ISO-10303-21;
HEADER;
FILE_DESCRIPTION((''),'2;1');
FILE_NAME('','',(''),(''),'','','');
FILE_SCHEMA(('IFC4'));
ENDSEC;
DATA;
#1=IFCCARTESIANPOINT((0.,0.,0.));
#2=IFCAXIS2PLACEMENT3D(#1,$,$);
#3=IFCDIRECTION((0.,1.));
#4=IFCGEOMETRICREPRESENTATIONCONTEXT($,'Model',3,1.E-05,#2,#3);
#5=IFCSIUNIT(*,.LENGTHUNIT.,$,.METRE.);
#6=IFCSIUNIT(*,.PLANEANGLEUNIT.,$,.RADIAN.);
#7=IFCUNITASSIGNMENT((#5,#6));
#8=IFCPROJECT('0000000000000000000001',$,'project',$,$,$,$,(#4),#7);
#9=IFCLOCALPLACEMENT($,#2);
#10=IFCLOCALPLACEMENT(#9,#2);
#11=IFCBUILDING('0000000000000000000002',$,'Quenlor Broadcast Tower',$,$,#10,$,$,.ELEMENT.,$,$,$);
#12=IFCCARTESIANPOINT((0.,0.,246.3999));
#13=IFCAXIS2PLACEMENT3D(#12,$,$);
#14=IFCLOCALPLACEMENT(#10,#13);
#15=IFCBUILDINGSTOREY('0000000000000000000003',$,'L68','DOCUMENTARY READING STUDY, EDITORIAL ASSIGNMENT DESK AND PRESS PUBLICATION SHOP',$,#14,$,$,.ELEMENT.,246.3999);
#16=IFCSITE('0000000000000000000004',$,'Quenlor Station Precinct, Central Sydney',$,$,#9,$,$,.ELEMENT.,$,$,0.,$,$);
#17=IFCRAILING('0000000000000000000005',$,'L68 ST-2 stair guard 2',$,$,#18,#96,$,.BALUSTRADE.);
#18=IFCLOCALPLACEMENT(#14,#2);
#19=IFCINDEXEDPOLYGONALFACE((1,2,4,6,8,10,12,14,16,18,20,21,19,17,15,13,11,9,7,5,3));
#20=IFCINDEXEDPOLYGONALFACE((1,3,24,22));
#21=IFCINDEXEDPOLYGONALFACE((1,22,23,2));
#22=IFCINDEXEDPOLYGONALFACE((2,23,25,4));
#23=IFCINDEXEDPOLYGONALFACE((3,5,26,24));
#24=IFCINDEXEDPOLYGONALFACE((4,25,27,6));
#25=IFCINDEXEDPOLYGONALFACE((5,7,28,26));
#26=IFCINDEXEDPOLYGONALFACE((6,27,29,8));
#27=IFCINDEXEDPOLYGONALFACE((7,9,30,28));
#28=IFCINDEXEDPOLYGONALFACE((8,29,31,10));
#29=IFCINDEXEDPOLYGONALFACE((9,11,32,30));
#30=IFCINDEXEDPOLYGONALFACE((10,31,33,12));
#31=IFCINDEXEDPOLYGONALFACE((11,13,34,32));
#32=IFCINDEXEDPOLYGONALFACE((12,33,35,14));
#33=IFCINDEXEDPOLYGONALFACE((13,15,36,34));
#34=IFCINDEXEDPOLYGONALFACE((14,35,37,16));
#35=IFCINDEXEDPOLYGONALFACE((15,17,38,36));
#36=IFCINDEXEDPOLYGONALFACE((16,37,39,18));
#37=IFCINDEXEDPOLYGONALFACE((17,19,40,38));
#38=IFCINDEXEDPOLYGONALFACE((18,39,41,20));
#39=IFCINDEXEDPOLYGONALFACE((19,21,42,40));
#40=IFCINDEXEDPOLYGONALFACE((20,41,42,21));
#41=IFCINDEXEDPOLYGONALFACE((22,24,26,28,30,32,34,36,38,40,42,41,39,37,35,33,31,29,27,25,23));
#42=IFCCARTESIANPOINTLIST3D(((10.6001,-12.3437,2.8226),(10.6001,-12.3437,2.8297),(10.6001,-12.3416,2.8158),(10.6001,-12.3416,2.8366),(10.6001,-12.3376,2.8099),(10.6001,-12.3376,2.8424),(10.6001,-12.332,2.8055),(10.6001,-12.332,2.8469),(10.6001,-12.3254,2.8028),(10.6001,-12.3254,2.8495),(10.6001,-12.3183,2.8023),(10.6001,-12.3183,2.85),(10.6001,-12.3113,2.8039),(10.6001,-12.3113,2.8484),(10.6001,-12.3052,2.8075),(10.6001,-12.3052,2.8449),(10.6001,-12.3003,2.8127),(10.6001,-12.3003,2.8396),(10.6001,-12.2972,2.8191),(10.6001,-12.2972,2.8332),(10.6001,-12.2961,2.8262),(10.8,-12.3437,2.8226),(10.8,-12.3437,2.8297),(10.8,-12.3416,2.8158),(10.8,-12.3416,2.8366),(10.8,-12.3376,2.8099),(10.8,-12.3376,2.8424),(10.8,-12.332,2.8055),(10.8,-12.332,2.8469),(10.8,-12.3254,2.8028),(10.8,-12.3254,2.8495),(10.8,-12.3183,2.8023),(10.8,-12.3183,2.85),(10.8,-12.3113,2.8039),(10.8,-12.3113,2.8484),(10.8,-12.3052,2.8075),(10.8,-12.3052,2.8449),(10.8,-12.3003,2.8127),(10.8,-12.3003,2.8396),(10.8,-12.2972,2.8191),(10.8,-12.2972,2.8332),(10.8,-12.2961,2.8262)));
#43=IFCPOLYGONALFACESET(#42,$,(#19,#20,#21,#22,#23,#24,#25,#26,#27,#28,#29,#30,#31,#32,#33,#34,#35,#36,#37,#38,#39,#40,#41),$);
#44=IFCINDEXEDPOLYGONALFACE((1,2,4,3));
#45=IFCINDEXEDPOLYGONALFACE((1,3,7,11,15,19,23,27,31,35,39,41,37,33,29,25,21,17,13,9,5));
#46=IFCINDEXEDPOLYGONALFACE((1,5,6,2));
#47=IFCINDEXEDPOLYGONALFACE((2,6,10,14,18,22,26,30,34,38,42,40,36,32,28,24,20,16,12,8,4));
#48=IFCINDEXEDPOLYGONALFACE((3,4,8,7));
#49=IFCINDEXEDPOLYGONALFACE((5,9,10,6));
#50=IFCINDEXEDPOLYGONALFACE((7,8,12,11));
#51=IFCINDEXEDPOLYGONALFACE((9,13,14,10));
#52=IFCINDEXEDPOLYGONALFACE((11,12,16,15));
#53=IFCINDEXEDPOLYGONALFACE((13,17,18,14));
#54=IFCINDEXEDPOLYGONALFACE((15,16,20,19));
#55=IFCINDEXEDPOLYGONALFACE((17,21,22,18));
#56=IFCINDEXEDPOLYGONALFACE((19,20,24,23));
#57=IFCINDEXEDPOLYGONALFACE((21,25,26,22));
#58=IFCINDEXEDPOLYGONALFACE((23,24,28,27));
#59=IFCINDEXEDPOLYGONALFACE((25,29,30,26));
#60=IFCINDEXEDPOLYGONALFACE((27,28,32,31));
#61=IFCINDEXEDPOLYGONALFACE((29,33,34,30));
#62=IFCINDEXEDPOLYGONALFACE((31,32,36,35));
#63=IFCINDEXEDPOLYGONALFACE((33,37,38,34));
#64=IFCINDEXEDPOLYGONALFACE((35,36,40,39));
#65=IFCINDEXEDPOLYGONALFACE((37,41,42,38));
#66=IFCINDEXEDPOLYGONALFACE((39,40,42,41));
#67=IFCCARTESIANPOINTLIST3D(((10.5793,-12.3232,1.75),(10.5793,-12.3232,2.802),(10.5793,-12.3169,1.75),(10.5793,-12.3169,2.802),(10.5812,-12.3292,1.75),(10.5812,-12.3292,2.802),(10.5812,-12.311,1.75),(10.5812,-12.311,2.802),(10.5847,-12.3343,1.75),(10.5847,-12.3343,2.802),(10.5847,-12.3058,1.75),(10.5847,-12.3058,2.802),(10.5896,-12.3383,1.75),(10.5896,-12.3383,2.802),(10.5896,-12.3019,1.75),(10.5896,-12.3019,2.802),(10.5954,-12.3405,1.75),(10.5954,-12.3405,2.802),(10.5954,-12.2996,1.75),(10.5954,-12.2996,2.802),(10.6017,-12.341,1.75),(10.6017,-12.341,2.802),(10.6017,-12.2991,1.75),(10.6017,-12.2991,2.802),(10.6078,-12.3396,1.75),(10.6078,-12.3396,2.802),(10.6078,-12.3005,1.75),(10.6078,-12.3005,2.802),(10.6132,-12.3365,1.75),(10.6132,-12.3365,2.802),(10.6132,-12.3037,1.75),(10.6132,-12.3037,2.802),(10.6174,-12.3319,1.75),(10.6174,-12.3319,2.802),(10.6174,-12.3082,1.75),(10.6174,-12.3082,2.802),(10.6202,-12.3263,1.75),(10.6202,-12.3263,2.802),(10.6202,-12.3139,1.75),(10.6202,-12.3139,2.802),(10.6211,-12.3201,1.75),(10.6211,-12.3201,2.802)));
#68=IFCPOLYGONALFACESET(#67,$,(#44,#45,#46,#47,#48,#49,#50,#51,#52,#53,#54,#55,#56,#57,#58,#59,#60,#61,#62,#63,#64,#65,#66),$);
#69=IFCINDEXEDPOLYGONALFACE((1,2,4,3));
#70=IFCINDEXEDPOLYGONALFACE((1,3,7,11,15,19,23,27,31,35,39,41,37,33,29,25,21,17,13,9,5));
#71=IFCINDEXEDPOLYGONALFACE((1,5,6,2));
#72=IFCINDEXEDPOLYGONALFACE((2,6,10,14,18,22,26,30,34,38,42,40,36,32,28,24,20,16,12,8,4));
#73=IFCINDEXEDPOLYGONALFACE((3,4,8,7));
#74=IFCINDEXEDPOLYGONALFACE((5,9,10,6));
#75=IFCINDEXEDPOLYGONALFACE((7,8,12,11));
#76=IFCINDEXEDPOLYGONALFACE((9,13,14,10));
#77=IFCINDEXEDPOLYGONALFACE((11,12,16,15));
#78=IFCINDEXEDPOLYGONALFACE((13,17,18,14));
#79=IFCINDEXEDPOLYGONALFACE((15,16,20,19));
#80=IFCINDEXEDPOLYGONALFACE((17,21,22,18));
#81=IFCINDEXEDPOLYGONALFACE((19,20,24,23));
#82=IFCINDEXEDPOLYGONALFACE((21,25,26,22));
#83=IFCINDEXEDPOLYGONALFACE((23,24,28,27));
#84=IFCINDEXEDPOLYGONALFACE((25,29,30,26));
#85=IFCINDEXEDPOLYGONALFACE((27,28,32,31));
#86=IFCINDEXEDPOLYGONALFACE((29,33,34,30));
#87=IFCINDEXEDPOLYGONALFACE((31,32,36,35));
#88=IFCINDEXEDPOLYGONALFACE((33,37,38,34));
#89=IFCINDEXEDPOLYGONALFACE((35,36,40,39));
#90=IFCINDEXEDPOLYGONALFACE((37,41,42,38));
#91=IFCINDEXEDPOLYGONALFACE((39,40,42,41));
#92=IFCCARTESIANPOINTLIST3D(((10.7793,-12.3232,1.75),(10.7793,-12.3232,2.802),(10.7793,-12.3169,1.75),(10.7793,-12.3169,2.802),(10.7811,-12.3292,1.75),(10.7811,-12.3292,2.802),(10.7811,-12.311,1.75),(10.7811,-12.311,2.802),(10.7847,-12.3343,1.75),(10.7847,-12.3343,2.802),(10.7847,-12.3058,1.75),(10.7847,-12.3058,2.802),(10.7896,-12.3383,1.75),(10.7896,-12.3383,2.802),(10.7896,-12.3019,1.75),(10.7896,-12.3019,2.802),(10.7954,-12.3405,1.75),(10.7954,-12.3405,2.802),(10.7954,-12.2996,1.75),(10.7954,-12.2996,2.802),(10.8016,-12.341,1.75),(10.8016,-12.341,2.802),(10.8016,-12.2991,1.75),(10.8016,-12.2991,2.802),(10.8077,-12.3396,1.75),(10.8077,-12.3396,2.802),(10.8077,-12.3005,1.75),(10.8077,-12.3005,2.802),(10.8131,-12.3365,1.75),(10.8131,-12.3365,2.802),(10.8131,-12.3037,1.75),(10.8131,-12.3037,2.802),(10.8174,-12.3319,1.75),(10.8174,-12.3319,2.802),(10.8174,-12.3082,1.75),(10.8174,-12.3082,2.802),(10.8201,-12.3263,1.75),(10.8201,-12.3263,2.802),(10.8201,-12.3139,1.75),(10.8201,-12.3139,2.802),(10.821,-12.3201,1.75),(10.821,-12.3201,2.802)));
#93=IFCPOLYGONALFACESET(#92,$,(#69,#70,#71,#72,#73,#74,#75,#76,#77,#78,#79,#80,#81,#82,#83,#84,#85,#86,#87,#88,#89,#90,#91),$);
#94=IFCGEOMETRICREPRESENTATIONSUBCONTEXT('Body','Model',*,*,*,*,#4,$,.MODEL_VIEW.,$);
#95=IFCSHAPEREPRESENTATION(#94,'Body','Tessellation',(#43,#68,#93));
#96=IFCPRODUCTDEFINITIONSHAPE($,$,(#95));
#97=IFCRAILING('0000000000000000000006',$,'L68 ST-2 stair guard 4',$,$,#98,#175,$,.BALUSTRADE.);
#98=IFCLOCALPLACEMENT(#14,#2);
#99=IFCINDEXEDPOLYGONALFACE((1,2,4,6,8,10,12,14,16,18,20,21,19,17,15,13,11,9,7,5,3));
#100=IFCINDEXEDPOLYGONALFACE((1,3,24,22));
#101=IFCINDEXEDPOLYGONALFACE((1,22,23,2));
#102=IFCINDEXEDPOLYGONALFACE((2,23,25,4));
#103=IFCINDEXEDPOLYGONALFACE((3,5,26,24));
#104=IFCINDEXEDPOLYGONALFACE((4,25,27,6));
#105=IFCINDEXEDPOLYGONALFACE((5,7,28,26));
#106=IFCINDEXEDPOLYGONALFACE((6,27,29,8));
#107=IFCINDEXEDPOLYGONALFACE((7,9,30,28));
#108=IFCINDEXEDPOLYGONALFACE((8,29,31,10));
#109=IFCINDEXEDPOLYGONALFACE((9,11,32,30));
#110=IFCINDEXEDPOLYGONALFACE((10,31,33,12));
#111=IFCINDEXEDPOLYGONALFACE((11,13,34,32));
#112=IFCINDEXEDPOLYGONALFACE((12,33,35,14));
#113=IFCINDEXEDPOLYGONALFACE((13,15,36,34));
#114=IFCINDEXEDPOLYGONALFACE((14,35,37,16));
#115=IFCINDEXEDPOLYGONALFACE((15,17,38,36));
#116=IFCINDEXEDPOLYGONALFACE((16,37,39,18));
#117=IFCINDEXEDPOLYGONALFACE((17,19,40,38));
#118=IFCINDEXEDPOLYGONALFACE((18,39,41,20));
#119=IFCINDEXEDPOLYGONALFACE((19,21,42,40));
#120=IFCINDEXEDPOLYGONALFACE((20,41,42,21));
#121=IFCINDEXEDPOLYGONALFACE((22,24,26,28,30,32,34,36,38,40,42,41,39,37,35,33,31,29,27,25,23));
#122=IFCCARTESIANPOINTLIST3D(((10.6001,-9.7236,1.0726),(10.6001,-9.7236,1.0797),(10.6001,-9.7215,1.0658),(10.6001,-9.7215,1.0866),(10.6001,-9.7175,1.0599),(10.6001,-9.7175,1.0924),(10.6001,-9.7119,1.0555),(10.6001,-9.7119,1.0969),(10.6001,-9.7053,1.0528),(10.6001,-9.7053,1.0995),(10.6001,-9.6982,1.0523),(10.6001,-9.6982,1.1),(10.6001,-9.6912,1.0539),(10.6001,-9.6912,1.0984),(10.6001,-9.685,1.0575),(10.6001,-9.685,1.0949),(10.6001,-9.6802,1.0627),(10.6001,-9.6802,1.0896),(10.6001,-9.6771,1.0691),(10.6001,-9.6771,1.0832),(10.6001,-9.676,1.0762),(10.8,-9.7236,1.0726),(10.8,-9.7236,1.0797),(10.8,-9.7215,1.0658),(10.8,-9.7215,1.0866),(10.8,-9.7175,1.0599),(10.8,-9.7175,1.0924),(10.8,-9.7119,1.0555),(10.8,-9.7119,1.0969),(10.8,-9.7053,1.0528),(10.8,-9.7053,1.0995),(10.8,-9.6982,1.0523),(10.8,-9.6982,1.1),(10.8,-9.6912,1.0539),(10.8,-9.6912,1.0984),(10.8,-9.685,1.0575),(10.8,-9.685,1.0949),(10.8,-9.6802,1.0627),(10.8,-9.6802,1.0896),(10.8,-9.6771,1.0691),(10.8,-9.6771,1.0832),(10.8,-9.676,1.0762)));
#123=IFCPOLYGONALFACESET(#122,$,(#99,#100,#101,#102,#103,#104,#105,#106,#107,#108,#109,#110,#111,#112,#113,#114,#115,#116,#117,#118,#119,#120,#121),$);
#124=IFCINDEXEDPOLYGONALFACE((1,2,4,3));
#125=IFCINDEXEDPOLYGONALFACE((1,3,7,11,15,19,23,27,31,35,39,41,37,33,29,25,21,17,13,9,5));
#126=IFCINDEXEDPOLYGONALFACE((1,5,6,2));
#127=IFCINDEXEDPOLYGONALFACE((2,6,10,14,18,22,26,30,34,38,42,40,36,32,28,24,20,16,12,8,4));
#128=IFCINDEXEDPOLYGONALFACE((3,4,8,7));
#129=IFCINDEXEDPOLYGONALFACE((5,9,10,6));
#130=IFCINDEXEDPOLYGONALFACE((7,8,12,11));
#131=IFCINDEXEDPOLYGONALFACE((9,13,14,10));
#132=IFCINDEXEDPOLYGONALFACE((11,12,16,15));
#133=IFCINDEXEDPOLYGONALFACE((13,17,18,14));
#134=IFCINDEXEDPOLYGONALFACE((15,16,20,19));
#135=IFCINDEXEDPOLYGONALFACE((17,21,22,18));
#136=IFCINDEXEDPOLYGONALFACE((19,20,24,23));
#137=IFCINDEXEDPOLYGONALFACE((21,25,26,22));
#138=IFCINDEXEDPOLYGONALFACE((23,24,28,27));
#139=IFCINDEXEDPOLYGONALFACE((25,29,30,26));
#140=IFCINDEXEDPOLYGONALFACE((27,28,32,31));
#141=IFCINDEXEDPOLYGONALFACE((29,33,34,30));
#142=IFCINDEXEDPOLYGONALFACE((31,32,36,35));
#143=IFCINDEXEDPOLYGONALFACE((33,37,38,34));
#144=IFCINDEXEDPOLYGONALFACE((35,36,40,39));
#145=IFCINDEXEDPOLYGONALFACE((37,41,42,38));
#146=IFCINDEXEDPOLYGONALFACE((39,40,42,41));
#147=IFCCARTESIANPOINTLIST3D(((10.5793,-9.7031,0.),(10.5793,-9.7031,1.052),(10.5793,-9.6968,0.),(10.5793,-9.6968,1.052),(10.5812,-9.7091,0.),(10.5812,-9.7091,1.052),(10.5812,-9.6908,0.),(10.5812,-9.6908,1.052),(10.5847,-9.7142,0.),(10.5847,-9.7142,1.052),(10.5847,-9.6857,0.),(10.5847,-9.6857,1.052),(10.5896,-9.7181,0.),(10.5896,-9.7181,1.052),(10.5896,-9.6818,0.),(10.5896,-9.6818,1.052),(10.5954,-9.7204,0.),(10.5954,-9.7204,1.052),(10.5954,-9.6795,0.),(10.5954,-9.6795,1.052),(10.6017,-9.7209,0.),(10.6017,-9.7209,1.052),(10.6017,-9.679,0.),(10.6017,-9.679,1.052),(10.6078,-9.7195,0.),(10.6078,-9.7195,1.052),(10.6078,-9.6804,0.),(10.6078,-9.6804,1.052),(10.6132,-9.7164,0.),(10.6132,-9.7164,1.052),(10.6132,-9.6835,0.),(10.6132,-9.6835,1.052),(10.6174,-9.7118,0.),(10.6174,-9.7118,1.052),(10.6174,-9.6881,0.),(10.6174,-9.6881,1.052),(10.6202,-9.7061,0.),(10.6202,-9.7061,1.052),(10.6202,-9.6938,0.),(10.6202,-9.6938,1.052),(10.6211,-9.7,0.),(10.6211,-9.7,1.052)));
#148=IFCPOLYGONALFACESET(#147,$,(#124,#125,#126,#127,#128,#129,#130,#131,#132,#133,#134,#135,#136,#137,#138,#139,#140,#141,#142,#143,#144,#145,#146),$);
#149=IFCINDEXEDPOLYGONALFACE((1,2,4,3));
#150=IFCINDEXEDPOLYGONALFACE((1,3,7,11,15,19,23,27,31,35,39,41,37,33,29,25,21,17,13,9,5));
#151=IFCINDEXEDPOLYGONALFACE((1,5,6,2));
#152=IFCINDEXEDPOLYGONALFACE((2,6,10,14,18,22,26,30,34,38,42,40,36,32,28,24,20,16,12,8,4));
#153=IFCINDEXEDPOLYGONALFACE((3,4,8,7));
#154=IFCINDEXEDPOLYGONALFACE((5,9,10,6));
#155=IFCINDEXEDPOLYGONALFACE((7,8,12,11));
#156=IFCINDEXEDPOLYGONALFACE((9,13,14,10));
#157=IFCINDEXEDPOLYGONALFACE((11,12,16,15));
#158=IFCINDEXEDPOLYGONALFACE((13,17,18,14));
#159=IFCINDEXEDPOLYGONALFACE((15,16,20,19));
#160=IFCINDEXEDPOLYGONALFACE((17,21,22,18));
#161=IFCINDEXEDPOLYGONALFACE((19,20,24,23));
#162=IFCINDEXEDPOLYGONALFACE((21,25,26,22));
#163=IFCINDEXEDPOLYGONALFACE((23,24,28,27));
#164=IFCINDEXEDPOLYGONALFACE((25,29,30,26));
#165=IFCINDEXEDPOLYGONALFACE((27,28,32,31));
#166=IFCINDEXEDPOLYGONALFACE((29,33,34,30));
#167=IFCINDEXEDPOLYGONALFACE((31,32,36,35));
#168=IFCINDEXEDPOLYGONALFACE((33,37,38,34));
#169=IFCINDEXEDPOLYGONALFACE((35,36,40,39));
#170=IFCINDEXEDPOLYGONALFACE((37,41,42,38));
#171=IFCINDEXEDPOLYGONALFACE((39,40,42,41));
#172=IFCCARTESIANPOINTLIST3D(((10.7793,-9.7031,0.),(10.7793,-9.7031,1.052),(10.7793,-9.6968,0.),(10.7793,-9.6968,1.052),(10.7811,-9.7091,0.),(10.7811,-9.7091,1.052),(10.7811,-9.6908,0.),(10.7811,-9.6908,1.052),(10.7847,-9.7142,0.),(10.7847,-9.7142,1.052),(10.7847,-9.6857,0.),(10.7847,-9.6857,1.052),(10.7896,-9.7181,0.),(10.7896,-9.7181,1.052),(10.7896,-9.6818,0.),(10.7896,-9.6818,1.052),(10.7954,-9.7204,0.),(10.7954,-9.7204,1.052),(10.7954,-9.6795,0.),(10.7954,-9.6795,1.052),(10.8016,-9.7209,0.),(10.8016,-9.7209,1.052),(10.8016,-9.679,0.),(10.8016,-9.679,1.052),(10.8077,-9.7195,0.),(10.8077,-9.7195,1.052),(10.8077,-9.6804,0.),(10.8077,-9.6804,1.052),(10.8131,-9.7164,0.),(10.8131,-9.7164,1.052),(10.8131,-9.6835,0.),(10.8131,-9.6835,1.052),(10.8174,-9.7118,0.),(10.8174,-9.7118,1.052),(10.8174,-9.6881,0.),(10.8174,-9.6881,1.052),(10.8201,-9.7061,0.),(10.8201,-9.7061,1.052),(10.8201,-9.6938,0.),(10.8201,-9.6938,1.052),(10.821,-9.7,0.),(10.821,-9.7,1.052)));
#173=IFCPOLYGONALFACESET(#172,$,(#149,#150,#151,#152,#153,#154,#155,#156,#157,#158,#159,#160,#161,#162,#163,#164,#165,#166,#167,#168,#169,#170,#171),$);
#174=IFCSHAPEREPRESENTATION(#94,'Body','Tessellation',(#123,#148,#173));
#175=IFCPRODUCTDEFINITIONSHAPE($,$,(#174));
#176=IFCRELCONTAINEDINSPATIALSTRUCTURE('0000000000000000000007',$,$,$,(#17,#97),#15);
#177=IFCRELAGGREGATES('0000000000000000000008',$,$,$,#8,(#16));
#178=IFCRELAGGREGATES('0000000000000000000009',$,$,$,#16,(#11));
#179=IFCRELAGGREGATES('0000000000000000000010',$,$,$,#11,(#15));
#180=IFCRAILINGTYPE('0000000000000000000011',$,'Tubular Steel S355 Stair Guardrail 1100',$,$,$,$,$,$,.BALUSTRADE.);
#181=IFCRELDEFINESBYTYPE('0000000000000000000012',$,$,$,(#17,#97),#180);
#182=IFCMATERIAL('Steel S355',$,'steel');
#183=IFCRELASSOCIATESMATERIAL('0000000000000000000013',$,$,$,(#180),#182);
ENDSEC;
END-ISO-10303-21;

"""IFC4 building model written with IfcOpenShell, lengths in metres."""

from ifc_helpers import new_model, si_unit, direction, frame, origin, origin_2d, place, context, subcontext, project, spatial, circle, extrude, material, type_object, element, save


model = new_model("IFC4")

# Units and contexts
model_context = context("Model", 3, precision=1e-05, world=origin(), true_north=direction((0.0, 1.0)))
body_context = subcontext(model_context, "Body", "Model", "MODEL_VIEW")
ifc_project = project(units=[si_unit("LENGTHUNIT", "METRE"), si_unit("PLANEANGLEUNIT", "RADIAN")], contexts=[model_context])

# Site, building, storey
site_placement = place(None, origin())
site = spatial("IfcSite", under=ifc_project, at=site_placement, Name="Quenlor Station Precinct, Central Sydney", CompositionType="ELEMENT", RefElevation=0.0)
building_placement = place(site_placement, origin())
building = spatial("IfcBuilding", under=site, at=building_placement, Name="Quenlor Broadcast Tower", CompositionType="ELEMENT")
storey_placement = place(building_placement, frame((0.0, 0.0, 246.3999)))
storey = spatial("IfcBuildingStorey", under=building, at=storey_placement, Name="L68", Description="DOCUMENTARY READING STUDY, EDITORIAL ASSIGNMENT DESK AND PRESS PUBLICATION SHOP", CompositionType="ELEMENT", Elevation=246.3999)

# Railings
ifc_material_1 = material(Name="Steel S355", Category="steel")
railing_type_1 = type_object("IfcRailingType", Name="Tubular Steel S355 Stair Guardrail 1100", PredefinedType="BALUSTRADE", material=ifc_material_1)
for number, where, name in (
    (1, (10.6001, -12.3201, 1.75), "L68 ST-2 stair guard 2"),
    (2, (10.6001, -9.7, 0.0), "L68 ST-2 stair guard 4"),
):
    element("IfcRailing", number, at=place(storey_placement, frame(where)), inside=storey, type_object=railing_type_1, Name=name, PredefinedType="BALUSTRADE", context=body_context, shape_type="SweptSolid", body=[
        extrude(circle(Radius=0.0239, at=origin_2d()), frame((0.0, 0.0, 1.0762), z_axis=(1.0, 0.0, 0.0), x_axis=(0.0, 1.0, 0.0)), (0.0, 0.0, 1.0), 0.2),
        extrude(circle(Radius=0.021, at=origin_2d()), origin(), (0.0, 0.0, 1.0), 1.052),
        extrude(circle(Radius=0.021, at=origin_2d()), frame((0.2, 0.0, 0.0)), (0.0, 0.0, 1.0), 1.052),
    ])

save(model, "model.ifc")
